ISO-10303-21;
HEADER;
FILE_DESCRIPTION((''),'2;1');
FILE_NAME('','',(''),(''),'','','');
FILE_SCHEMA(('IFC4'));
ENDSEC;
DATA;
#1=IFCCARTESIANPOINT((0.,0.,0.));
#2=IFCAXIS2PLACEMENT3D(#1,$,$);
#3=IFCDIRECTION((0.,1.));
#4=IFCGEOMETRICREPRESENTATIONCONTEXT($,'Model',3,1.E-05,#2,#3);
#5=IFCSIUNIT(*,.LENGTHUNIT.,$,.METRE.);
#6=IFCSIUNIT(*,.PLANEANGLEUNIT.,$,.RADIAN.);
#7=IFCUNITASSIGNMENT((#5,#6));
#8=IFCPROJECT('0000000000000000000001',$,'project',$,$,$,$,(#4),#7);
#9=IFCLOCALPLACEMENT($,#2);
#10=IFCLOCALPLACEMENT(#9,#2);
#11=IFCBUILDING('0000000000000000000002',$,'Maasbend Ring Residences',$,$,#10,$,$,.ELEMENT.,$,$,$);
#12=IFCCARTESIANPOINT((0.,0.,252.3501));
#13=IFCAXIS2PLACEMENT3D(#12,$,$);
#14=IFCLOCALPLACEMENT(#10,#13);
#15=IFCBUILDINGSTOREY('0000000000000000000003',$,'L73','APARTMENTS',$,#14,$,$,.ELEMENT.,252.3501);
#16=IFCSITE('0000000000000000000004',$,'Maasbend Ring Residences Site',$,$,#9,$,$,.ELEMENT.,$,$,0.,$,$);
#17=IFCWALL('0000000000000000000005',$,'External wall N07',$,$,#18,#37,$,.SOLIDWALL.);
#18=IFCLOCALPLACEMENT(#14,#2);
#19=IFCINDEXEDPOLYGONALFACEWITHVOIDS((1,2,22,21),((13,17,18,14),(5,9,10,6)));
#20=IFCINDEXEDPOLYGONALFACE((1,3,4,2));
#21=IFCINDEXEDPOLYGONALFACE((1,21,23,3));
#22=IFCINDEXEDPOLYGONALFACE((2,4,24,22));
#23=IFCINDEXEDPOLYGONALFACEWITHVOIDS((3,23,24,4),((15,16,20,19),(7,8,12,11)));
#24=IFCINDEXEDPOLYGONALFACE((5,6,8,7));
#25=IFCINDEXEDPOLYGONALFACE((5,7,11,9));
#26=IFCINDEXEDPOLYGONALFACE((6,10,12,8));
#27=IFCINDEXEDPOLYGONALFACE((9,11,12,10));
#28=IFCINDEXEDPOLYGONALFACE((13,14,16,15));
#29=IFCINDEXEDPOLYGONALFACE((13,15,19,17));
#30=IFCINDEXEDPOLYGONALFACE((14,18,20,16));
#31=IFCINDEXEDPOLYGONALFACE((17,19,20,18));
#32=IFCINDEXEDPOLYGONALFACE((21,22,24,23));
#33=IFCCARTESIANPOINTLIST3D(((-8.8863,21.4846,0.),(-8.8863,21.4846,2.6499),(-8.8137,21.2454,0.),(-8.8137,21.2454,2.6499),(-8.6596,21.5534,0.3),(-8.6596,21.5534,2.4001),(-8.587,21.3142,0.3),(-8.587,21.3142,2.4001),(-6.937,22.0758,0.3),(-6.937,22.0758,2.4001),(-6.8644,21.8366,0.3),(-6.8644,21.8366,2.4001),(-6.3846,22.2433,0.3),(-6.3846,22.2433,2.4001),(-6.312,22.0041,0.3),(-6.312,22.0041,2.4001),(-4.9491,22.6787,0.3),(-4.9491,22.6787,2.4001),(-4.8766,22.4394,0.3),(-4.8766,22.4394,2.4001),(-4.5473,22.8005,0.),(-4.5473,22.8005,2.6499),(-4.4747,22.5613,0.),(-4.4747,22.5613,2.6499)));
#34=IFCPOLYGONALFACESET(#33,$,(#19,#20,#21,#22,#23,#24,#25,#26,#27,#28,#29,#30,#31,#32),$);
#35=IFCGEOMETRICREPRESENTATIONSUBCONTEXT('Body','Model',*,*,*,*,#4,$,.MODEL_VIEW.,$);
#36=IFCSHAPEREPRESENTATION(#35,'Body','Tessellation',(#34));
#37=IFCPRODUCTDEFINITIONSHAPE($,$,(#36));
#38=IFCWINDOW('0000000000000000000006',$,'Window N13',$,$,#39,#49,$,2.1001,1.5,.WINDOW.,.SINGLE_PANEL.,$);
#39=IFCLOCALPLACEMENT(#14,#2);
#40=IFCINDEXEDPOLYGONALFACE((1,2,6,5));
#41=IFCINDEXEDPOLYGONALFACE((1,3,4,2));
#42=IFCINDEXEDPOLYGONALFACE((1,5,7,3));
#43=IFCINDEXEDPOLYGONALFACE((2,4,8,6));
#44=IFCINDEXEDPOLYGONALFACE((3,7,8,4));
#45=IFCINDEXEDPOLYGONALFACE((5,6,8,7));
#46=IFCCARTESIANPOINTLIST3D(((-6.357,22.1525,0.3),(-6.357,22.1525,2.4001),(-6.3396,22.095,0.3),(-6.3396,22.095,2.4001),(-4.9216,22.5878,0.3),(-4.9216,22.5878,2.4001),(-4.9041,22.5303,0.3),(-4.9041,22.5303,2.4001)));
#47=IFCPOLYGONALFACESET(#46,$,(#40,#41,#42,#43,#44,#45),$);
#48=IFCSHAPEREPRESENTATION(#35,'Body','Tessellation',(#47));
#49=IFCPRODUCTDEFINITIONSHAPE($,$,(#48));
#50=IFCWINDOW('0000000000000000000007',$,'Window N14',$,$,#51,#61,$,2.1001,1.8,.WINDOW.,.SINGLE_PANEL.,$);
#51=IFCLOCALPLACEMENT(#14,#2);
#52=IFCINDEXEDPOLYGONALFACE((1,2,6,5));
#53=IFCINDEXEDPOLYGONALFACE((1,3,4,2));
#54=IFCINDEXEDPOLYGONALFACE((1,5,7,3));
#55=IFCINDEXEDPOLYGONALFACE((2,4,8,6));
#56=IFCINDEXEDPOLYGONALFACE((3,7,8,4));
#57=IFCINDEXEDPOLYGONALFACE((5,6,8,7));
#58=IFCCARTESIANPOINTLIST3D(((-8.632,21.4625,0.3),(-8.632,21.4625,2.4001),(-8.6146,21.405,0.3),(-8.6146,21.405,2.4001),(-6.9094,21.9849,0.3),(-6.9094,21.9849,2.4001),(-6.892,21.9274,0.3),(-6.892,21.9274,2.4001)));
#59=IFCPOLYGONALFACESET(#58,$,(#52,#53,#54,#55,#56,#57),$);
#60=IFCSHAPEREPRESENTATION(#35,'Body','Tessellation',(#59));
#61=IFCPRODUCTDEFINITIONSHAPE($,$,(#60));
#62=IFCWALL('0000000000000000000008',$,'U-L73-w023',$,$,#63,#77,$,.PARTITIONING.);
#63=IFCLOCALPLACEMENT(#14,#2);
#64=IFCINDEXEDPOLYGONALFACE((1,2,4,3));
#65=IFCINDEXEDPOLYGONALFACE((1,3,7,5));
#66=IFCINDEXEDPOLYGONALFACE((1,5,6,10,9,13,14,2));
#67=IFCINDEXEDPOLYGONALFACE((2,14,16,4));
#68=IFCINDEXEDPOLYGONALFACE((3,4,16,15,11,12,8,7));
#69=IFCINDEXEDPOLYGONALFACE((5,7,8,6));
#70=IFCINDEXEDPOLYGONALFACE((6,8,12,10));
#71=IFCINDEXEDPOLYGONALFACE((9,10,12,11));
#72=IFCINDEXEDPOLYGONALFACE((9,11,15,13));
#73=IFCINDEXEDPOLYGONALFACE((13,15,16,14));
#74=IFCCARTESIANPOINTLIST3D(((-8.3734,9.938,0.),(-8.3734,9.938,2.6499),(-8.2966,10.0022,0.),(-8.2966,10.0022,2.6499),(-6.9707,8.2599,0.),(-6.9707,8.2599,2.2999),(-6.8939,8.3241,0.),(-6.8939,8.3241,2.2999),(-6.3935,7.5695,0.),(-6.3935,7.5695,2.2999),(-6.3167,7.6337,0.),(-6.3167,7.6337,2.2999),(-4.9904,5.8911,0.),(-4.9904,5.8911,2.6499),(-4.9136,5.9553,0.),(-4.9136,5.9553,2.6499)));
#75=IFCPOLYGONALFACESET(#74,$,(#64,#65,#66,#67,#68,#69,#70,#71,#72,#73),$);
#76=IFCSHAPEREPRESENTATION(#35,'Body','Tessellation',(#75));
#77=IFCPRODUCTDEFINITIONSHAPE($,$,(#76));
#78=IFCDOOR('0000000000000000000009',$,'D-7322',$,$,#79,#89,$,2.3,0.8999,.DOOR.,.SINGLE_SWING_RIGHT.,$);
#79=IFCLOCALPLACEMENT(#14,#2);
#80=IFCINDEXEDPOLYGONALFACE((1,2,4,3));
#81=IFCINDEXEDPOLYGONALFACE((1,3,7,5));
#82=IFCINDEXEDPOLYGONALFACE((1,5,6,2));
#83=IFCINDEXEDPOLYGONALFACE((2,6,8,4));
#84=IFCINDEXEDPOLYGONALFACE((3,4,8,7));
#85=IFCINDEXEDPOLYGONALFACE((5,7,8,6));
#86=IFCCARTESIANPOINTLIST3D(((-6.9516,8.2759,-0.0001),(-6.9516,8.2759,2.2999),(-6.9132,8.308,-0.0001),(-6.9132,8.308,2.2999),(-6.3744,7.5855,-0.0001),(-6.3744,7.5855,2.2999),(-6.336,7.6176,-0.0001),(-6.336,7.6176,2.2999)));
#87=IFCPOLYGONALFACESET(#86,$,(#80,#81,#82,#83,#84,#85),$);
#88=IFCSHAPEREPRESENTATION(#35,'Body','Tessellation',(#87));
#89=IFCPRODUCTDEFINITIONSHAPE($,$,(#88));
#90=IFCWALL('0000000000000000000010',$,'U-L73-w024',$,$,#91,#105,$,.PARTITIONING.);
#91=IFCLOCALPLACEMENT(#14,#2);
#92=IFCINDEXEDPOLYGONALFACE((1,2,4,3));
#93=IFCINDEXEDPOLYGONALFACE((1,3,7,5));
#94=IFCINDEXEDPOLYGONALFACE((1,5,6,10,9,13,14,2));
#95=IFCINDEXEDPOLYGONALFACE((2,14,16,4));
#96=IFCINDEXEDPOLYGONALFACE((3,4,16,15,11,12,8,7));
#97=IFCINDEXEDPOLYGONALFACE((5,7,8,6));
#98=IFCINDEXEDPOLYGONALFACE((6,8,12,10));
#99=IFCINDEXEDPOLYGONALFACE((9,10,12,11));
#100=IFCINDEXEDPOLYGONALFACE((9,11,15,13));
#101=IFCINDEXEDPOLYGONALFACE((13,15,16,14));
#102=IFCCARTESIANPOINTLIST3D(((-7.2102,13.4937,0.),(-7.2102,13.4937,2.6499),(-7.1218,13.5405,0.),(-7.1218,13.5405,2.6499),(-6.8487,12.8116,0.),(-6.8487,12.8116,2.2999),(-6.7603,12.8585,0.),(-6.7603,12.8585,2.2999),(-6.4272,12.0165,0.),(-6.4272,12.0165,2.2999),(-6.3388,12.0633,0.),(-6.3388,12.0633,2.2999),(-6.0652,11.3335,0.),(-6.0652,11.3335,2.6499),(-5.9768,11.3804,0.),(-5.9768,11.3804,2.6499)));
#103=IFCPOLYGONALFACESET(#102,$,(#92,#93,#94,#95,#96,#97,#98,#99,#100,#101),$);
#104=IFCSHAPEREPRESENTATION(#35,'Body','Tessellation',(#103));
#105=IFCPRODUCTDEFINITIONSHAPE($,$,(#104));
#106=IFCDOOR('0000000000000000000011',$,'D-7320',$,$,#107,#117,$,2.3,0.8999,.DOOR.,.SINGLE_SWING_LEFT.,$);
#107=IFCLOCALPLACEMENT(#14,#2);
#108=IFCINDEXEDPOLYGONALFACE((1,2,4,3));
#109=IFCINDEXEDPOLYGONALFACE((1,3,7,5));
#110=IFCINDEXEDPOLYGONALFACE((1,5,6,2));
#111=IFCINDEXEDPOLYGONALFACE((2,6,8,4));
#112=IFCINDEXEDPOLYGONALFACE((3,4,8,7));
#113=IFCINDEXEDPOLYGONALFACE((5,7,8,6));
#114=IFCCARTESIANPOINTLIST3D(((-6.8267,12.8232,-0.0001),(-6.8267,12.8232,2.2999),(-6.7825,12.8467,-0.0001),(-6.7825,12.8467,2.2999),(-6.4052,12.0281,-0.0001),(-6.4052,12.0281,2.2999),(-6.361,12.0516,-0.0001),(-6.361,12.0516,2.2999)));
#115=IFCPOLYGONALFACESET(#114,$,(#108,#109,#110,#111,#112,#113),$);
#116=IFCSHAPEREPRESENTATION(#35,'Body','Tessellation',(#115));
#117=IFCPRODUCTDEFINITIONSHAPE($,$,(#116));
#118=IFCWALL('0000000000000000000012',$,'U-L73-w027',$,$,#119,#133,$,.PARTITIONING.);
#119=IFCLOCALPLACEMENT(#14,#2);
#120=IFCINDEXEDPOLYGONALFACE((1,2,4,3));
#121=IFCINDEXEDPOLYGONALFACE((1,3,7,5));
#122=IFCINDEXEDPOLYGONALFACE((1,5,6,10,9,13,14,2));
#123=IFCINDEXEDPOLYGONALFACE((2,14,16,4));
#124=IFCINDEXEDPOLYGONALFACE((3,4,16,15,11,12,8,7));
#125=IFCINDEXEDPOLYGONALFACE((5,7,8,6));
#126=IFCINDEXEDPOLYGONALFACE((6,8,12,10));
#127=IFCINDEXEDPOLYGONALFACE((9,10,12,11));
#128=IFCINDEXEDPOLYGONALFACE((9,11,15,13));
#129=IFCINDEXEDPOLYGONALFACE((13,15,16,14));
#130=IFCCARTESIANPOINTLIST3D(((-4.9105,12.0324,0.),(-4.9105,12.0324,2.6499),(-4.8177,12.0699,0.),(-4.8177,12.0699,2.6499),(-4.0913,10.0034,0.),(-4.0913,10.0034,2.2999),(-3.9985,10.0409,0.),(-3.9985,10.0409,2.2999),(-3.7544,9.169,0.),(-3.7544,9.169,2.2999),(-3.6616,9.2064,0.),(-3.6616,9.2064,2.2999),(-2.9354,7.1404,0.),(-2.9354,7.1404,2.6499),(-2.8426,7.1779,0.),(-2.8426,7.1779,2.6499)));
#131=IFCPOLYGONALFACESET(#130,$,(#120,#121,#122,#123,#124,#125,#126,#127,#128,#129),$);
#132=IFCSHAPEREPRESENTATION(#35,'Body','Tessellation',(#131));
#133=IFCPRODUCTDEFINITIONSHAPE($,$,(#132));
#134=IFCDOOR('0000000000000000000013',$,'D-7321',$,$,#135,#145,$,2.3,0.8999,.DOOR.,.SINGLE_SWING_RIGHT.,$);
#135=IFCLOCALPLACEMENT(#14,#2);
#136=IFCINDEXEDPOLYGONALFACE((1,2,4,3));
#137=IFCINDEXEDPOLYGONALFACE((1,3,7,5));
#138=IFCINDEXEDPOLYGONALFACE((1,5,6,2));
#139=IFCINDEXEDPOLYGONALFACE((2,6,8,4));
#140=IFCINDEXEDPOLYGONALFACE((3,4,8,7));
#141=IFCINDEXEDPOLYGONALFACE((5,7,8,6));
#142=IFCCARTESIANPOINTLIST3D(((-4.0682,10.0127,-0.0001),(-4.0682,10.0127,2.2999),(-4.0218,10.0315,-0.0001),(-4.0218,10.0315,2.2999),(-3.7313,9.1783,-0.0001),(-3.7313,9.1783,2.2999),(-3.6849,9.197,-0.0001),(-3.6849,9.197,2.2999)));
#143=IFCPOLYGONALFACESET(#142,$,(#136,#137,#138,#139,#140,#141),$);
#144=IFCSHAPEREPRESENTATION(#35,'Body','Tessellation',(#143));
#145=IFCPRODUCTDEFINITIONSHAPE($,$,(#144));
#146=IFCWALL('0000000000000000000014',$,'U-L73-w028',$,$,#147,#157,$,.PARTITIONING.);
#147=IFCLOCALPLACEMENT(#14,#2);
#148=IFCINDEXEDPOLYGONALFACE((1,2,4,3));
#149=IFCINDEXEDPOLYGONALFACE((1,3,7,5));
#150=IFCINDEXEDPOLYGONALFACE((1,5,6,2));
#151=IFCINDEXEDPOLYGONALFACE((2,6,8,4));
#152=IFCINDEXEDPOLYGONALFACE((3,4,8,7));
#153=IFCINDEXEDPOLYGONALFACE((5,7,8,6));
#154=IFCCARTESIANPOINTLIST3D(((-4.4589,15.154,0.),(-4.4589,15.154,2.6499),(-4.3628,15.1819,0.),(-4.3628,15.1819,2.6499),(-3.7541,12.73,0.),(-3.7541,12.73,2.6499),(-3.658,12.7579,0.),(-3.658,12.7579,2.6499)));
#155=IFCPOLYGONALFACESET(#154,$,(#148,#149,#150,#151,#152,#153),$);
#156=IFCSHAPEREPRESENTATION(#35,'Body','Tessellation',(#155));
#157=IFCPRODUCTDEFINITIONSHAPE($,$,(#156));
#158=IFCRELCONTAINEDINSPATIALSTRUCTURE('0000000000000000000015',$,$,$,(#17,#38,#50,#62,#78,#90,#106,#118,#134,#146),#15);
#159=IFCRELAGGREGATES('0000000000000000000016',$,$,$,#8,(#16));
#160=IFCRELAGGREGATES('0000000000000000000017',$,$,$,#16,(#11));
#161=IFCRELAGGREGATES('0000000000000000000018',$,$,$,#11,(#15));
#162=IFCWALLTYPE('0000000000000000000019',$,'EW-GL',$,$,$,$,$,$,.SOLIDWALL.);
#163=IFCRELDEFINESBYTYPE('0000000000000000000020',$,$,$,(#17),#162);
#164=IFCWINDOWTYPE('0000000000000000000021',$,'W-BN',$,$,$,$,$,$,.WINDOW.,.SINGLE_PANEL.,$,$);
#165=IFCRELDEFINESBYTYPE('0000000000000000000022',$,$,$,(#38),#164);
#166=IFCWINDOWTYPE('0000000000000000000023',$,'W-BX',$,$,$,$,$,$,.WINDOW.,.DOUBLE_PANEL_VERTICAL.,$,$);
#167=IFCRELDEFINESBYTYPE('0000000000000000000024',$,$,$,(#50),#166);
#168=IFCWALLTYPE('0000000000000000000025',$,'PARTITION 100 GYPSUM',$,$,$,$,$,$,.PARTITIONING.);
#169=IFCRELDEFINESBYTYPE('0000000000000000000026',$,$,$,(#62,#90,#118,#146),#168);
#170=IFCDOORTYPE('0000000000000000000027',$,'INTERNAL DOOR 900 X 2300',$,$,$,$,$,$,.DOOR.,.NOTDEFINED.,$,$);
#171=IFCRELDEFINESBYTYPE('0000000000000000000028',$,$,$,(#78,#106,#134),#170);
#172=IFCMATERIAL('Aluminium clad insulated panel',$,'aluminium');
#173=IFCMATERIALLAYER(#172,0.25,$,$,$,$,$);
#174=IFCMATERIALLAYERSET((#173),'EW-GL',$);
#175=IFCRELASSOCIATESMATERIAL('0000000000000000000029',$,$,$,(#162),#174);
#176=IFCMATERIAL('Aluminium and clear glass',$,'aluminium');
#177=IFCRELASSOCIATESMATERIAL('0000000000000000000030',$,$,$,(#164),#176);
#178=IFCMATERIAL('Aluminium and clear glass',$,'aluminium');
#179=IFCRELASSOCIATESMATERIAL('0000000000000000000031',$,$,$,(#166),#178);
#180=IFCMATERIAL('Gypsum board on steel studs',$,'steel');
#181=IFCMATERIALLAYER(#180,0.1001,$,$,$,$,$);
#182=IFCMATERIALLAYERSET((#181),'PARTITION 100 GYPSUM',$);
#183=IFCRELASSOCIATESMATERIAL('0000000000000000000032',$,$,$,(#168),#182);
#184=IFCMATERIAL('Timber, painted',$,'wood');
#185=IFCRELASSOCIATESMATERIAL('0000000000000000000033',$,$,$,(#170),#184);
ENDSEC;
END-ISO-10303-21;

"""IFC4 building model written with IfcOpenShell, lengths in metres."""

from ifc_helpers import new_model, si_unit, direction, frame, frame_2d, origin, place, context, subcontext, project, spatial, rectangle, extrude, material, layer, layer_set, type_object, element, fill, save


model = new_model("IFC4")

# Units and contexts
model_context = context("Model", 3, precision=1e-05, world=origin(), true_north=direction((0.0, 1.0)))
body_context = subcontext(model_context, "Body", "Model", "MODEL_VIEW")
ifc_project = project(units=[si_unit("LENGTHUNIT", "METRE"), si_unit("PLANEANGLEUNIT", "RADIAN")], contexts=[model_context])

# Site, building, storey
site_placement = place(None, origin())
site = spatial("IfcSite", under=ifc_project, at=site_placement, Name="Maasbend Ring Residences Site", CompositionType="ELEMENT", RefElevation=0.0)
building_placement = place(site_placement, origin())
building = spatial("IfcBuilding", under=site, at=building_placement, Name="Maasbend Ring Residences", CompositionType="ELEMENT")
storey_placement = place(building_placement, frame((0.0, 0.0, 252.3501)))
storey = spatial("IfcBuildingStorey", under=building, at=storey_placement, Name="L73", Description="APARTMENTS", CompositionType="ELEMENT", Elevation=252.3501)

# Wall, openings, windows
ifc_material_1 = material(Name="Aluminium clad insulated panel", Category="aluminium")
ifc_layer_1 = layer(ifc_material_1, 0.25)
ifc_layer_set_1 = layer_set([ifc_layer_1], Name="EW-GL")
wall_type_1 = type_object("IfcWallType", Name="EW-GL", PredefinedType="SOLIDWALL", material=ifc_layer_set_1)
wall_1_placement = place(storey_placement, frame((-4.511, 22.6809, 0.0), z_axis=(0.0, 0.0, 1.0), x_axis=(-0.956961, -0.290217, 0.0)))
wall_1 = element("IfcWall", 1, at=wall_1_placement, inside=storey, type_object=wall_type_1, Name="External wall N07", PredefinedType="SOLIDWALL", context=body_context, shape_type="SweptSolid", body=[
    extrude(rectangle(XDim=4.5342, YDim=0.25, at=frame_2d((2.2671, 0.0))), origin(), (0.0, 0.0, 1.0), 2.6499),
])
opening_1_placement = place(wall_1_placement, frame((0.4199, 0.0, 0.3)))
opening_1 = element("IfcOpeningElement", 2, at=opening_1_placement, cuts=wall_1, PredefinedType="OPENING", context=body_context, shape_type="SweptSolid", body=[
    extrude(rectangle(XDim=1.5, YDim=2.1001, at=frame_2d((0.75, 1.05))), frame((0.0, 0.135, 0.0), z_axis=(0.0, -1.0, 0.0), x_axis=(1.0, 0.0, 0.0)), (0.0, 0.0, 1.0), 0.27),
])
opening_2_placement = place(wall_1_placement, frame((2.4973, 0.0, 0.3)))
opening_2 = element("IfcOpeningElement", 3, at=opening_2_placement, cuts=wall_1, PredefinedType="OPENING", context=body_context, shape_type="SweptSolid", body=[
    extrude(rectangle(XDim=1.8, YDim=2.1001, at=frame_2d((0.8999, 1.05))), frame((0.0, 0.135, 0.0), z_axis=(0.0, -1.0, 0.0), x_axis=(1.0, 0.0, 0.0)), (0.0, 0.0, 1.0), 0.27),
])
ifc_material_2 = material(Name="Aluminium and clear glass", Category="aluminium")
window_type_1 = type_object("IfcWindowType", Name="W-BN", PartitioningType="SINGLE_PANEL", PredefinedType="WINDOW", material=ifc_material_2)
window_1_placement = place(opening_1_placement, origin())
window_1 = element("IfcWindow", 4, at=window_1_placement, inside=storey, type_object=window_type_1, Name="Window N13", OverallHeight=2.1001, OverallWidth=1.5, PartitioningType="SINGLE_PANEL", PredefinedType="WINDOW", context=body_context, shape_type="SweptSolid", body=[
    extrude(rectangle(XDim=1.5, YDim=2.1001, at=frame_2d((0.75, 1.05))), frame((0.0, 0.03, 0.0), z_axis=(0.0, -1.0, 0.0), x_axis=(1.0, 0.0, 0.0)), (0.0, 0.0, 1.0), 0.0601),
])
fill(opening_1, window_1)
ifc_material_3 = material(Name="Aluminium and clear glass", Category="aluminium")
window_type_2 = type_object("IfcWindowType", Name="W-BX", PartitioningType="DOUBLE_PANEL_VERTICAL", PredefinedType="WINDOW", material=ifc_material_3)
window_2_placement = place(opening_2_placement, origin())
window_2 = element("IfcWindow", 5, at=window_2_placement, inside=storey, type_object=window_type_2, Name="Window N14", OverallHeight=2.1001, OverallWidth=1.8, PartitioningType="SINGLE_PANEL", PredefinedType="WINDOW", context=body_context, shape_type="SweptSolid", body=[
    extrude(rectangle(XDim=1.8, YDim=2.1001, at=frame_2d((0.8999, 1.05))), frame((0.0, 0.03, 0.0), z_axis=(0.0, -1.0, 0.0), x_axis=(1.0, 0.0, 0.0)), (0.0, 0.0, 1.0), 0.0601),
])
fill(opening_2, window_2)

# Walls, openings, doors
ifc_material_4 = material(Name="Gypsum board on steel studs", Category="steel")
ifc_layer_2 = layer(ifc_material_4, 0.1001)
ifc_layer_set_2 = layer_set([ifc_layer_2], Name="PARTITION 100 GYPSUM")
wall_type_2 = type_object("IfcWallType", Name="PARTITION 100 GYPSUM", PredefinedType="PARTITIONING", material=ifc_layer_set_2)
wall_2_placement = place(storey_placement, frame((-8.335, 9.97, 0.0), z_axis=(0.0, 0.0, 1.0), x_axis=(0.641376, -0.767226, 0.0)))
wall_2 = element("IfcWall", 6, at=wall_2_placement, inside=storey, type_object=wall_type_2, Name="U-L73-w023", PredefinedType="PARTITIONING", context=body_context, shape_type="SweptSolid", body=[
    extrude(rectangle(XDim=5.2747, YDim=0.1001, at=frame_2d((2.6372, 0.0))), origin(), (0.0, 0.0, 1.0), 2.6499),
])
opening_3_placement = place(wall_2_placement, frame((2.187, 0.0, 0.0)))
opening_3 = element("IfcOpeningElement", 7, at=opening_3_placement, cuts=wall_2, PredefinedType="OPENING", context=body_context, shape_type="SweptSolid", body=[
    extrude(rectangle(XDim=0.8999, YDim=2.3, at=frame_2d((0.45, 1.1499))), frame((0.0, 0.0601, 0.0), z_axis=(0.0, -1.0, 0.0), x_axis=(1.0, 0.0, 0.0)), (0.0, 0.0, 1.0), 0.1201),
])
ifc_material_5 = material(Name="Timber, painted", Category="wood")
door_type_1 = type_object("IfcDoorType", Name="INTERNAL DOOR 900 X 2300", OperationType="NOTDEFINED", PredefinedType="DOOR", material=ifc_material_5)
door_1_placement = place(opening_3_placement, origin())
door_1 = element("IfcDoor", 8, at=door_1_placement, inside=storey, type_object=door_type_1, Name="D-7322", OperationType="SINGLE_SWING_RIGHT", OverallHeight=2.3, OverallWidth=0.8999, PredefinedType="DOOR", context=body_context, shape_type="SweptSolid", body=[
    extrude(rectangle(XDim=0.8999, YDim=2.3, at=frame_2d((0.45, 1.1499))), frame((0.0, 0.0249, 0.0), z_axis=(0.0, -1.0, 0.0), x_axis=(1.0, 0.0, 0.0)), (0.0, 0.0, 1.0), 0.05),
])
fill(opening_3, door_1)
wall_3_placement = place(storey_placement, frame((-7.166, 13.5171, 0.0), z_axis=(0.0, 0.0, 1.0), x_axis=(0.468337, -0.88355, 0.0)))
wall_3 = element("IfcWall", 9, at=wall_3_placement, inside=storey, type_object=wall_type_2, Name="U-L73-w024", PredefinedType="PARTITIONING", context=body_context, shape_type="SweptSolid", body=[
    extrude(rectangle(XDim=2.4448, YDim=0.1001, at=frame_2d((1.2224, 0.0))), origin(), (0.0, 0.0, 1.0), 2.6499),
])
opening_4_placement = place(wall_3_placement, frame((0.772, 0.0, 0.0)))
opening_4 = element("IfcOpeningElement", 10, at=opening_4_placement, cuts=wall_3, PredefinedType="OPENING", context=body_context, shape_type="SweptSolid", body=[
    extrude(rectangle(XDim=0.8999, YDim=2.3, at=frame_2d((0.45, 1.1499))), frame((0.0, 0.0601, 0.0), z_axis=(0.0, -1.0, 0.0), x_axis=(1.0, 0.0, 0.0)), (0.0, 0.0, 1.0), 0.1201),
])
door_2_placement = place(opening_4_placement, origin())
door_2 = element("IfcDoor", 11, at=door_2_placement, inside=storey, type_object=door_type_1, Name="D-7320", OperationType="SINGLE_SWING_LEFT", OverallHeight=2.3, OverallWidth=0.8999, PredefinedType="DOOR", context=body_context, shape_type="SweptSolid", body=[
    extrude(rectangle(XDim=0.8999, YDim=2.3, at=frame_2d((0.45, 1.1499))), frame((0.0, 0.0249, 0.0), z_axis=(0.0, -1.0, 0.0), x_axis=(1.0, 0.0, 0.0)), (0.0, 0.0, 1.0), 0.05),
])
fill(opening_4, door_2)
wall_4_placement = place(storey_placement, frame((-4.864, 12.051, 0.0), z_axis=(0.0, 0.0, 1.0), x_axis=(0.374373, -0.927278, 0.0)))
wall_4 = element("IfcWall", 12, at=wall_4_placement, inside=storey, type_object=wall_type_2, Name="U-L73-w027", PredefinedType="PARTITIONING", context=body_context, shape_type="SweptSolid", body=[
    extrude(rectangle(XDim=5.2756, YDim=0.1001, at=frame_2d((2.6377, 0.0))), origin(), (0.0, 0.0, 1.0), 2.6499),
])
opening_5_placement = place(wall_4_placement, frame((2.188, 0.0, 0.0)))
opening_5 = element("IfcOpeningElement", 13, at=opening_5_placement, cuts=wall_4, PredefinedType="OPENING", context=body_context, shape_type="SweptSolid", body=[
    extrude(rectangle(XDim=0.8999, YDim=2.3, at=frame_2d((0.45, 1.1499))), frame((0.0, 0.0601, 0.0), z_axis=(0.0, -1.0, 0.0), x_axis=(1.0, 0.0, 0.0)), (0.0, 0.0, 1.0), 0.1201),
])
door_3_placement = place(opening_5_placement, origin())
door_3 = element("IfcDoor", 14, at=door_3_placement, inside=storey, type_object=door_type_1, Name="D-7321", OperationType="SINGLE_SWING_RIGHT", OverallHeight=2.3, OverallWidth=0.8999, PredefinedType="DOOR", context=body_context, shape_type="SweptSolid", body=[
    extrude(rectangle(XDim=0.8999, YDim=2.3, at=frame_2d((0.45, 1.1499))), frame((0.0, 0.0249, 0.0), z_axis=(0.0, -1.0, 0.0), x_axis=(1.0, 0.0, 0.0)), (0.0, 0.0, 1.0), 0.05),
])
fill(opening_5, door_3)

# Wall
wall_5_placement = place(storey_placement, frame((-4.4109, 15.168, 0.0), z_axis=(0.0, 0.0, 1.0), x_axis=(0.279201, -0.960233, 0.0)))
element("IfcWall", 15, at=wall_5_placement, inside=storey, type_object=wall_type_2, Name="U-L73-w028", PredefinedType="PARTITIONING", context=body_context, shape_type="SweptSolid", body=[
    extrude(rectangle(XDim=2.5244, YDim=0.1001, at=frame_2d((1.2622, 0.0))), origin(), (0.0, 0.0, 1.0), 2.6499),
])

save(model, "model.ifc")
